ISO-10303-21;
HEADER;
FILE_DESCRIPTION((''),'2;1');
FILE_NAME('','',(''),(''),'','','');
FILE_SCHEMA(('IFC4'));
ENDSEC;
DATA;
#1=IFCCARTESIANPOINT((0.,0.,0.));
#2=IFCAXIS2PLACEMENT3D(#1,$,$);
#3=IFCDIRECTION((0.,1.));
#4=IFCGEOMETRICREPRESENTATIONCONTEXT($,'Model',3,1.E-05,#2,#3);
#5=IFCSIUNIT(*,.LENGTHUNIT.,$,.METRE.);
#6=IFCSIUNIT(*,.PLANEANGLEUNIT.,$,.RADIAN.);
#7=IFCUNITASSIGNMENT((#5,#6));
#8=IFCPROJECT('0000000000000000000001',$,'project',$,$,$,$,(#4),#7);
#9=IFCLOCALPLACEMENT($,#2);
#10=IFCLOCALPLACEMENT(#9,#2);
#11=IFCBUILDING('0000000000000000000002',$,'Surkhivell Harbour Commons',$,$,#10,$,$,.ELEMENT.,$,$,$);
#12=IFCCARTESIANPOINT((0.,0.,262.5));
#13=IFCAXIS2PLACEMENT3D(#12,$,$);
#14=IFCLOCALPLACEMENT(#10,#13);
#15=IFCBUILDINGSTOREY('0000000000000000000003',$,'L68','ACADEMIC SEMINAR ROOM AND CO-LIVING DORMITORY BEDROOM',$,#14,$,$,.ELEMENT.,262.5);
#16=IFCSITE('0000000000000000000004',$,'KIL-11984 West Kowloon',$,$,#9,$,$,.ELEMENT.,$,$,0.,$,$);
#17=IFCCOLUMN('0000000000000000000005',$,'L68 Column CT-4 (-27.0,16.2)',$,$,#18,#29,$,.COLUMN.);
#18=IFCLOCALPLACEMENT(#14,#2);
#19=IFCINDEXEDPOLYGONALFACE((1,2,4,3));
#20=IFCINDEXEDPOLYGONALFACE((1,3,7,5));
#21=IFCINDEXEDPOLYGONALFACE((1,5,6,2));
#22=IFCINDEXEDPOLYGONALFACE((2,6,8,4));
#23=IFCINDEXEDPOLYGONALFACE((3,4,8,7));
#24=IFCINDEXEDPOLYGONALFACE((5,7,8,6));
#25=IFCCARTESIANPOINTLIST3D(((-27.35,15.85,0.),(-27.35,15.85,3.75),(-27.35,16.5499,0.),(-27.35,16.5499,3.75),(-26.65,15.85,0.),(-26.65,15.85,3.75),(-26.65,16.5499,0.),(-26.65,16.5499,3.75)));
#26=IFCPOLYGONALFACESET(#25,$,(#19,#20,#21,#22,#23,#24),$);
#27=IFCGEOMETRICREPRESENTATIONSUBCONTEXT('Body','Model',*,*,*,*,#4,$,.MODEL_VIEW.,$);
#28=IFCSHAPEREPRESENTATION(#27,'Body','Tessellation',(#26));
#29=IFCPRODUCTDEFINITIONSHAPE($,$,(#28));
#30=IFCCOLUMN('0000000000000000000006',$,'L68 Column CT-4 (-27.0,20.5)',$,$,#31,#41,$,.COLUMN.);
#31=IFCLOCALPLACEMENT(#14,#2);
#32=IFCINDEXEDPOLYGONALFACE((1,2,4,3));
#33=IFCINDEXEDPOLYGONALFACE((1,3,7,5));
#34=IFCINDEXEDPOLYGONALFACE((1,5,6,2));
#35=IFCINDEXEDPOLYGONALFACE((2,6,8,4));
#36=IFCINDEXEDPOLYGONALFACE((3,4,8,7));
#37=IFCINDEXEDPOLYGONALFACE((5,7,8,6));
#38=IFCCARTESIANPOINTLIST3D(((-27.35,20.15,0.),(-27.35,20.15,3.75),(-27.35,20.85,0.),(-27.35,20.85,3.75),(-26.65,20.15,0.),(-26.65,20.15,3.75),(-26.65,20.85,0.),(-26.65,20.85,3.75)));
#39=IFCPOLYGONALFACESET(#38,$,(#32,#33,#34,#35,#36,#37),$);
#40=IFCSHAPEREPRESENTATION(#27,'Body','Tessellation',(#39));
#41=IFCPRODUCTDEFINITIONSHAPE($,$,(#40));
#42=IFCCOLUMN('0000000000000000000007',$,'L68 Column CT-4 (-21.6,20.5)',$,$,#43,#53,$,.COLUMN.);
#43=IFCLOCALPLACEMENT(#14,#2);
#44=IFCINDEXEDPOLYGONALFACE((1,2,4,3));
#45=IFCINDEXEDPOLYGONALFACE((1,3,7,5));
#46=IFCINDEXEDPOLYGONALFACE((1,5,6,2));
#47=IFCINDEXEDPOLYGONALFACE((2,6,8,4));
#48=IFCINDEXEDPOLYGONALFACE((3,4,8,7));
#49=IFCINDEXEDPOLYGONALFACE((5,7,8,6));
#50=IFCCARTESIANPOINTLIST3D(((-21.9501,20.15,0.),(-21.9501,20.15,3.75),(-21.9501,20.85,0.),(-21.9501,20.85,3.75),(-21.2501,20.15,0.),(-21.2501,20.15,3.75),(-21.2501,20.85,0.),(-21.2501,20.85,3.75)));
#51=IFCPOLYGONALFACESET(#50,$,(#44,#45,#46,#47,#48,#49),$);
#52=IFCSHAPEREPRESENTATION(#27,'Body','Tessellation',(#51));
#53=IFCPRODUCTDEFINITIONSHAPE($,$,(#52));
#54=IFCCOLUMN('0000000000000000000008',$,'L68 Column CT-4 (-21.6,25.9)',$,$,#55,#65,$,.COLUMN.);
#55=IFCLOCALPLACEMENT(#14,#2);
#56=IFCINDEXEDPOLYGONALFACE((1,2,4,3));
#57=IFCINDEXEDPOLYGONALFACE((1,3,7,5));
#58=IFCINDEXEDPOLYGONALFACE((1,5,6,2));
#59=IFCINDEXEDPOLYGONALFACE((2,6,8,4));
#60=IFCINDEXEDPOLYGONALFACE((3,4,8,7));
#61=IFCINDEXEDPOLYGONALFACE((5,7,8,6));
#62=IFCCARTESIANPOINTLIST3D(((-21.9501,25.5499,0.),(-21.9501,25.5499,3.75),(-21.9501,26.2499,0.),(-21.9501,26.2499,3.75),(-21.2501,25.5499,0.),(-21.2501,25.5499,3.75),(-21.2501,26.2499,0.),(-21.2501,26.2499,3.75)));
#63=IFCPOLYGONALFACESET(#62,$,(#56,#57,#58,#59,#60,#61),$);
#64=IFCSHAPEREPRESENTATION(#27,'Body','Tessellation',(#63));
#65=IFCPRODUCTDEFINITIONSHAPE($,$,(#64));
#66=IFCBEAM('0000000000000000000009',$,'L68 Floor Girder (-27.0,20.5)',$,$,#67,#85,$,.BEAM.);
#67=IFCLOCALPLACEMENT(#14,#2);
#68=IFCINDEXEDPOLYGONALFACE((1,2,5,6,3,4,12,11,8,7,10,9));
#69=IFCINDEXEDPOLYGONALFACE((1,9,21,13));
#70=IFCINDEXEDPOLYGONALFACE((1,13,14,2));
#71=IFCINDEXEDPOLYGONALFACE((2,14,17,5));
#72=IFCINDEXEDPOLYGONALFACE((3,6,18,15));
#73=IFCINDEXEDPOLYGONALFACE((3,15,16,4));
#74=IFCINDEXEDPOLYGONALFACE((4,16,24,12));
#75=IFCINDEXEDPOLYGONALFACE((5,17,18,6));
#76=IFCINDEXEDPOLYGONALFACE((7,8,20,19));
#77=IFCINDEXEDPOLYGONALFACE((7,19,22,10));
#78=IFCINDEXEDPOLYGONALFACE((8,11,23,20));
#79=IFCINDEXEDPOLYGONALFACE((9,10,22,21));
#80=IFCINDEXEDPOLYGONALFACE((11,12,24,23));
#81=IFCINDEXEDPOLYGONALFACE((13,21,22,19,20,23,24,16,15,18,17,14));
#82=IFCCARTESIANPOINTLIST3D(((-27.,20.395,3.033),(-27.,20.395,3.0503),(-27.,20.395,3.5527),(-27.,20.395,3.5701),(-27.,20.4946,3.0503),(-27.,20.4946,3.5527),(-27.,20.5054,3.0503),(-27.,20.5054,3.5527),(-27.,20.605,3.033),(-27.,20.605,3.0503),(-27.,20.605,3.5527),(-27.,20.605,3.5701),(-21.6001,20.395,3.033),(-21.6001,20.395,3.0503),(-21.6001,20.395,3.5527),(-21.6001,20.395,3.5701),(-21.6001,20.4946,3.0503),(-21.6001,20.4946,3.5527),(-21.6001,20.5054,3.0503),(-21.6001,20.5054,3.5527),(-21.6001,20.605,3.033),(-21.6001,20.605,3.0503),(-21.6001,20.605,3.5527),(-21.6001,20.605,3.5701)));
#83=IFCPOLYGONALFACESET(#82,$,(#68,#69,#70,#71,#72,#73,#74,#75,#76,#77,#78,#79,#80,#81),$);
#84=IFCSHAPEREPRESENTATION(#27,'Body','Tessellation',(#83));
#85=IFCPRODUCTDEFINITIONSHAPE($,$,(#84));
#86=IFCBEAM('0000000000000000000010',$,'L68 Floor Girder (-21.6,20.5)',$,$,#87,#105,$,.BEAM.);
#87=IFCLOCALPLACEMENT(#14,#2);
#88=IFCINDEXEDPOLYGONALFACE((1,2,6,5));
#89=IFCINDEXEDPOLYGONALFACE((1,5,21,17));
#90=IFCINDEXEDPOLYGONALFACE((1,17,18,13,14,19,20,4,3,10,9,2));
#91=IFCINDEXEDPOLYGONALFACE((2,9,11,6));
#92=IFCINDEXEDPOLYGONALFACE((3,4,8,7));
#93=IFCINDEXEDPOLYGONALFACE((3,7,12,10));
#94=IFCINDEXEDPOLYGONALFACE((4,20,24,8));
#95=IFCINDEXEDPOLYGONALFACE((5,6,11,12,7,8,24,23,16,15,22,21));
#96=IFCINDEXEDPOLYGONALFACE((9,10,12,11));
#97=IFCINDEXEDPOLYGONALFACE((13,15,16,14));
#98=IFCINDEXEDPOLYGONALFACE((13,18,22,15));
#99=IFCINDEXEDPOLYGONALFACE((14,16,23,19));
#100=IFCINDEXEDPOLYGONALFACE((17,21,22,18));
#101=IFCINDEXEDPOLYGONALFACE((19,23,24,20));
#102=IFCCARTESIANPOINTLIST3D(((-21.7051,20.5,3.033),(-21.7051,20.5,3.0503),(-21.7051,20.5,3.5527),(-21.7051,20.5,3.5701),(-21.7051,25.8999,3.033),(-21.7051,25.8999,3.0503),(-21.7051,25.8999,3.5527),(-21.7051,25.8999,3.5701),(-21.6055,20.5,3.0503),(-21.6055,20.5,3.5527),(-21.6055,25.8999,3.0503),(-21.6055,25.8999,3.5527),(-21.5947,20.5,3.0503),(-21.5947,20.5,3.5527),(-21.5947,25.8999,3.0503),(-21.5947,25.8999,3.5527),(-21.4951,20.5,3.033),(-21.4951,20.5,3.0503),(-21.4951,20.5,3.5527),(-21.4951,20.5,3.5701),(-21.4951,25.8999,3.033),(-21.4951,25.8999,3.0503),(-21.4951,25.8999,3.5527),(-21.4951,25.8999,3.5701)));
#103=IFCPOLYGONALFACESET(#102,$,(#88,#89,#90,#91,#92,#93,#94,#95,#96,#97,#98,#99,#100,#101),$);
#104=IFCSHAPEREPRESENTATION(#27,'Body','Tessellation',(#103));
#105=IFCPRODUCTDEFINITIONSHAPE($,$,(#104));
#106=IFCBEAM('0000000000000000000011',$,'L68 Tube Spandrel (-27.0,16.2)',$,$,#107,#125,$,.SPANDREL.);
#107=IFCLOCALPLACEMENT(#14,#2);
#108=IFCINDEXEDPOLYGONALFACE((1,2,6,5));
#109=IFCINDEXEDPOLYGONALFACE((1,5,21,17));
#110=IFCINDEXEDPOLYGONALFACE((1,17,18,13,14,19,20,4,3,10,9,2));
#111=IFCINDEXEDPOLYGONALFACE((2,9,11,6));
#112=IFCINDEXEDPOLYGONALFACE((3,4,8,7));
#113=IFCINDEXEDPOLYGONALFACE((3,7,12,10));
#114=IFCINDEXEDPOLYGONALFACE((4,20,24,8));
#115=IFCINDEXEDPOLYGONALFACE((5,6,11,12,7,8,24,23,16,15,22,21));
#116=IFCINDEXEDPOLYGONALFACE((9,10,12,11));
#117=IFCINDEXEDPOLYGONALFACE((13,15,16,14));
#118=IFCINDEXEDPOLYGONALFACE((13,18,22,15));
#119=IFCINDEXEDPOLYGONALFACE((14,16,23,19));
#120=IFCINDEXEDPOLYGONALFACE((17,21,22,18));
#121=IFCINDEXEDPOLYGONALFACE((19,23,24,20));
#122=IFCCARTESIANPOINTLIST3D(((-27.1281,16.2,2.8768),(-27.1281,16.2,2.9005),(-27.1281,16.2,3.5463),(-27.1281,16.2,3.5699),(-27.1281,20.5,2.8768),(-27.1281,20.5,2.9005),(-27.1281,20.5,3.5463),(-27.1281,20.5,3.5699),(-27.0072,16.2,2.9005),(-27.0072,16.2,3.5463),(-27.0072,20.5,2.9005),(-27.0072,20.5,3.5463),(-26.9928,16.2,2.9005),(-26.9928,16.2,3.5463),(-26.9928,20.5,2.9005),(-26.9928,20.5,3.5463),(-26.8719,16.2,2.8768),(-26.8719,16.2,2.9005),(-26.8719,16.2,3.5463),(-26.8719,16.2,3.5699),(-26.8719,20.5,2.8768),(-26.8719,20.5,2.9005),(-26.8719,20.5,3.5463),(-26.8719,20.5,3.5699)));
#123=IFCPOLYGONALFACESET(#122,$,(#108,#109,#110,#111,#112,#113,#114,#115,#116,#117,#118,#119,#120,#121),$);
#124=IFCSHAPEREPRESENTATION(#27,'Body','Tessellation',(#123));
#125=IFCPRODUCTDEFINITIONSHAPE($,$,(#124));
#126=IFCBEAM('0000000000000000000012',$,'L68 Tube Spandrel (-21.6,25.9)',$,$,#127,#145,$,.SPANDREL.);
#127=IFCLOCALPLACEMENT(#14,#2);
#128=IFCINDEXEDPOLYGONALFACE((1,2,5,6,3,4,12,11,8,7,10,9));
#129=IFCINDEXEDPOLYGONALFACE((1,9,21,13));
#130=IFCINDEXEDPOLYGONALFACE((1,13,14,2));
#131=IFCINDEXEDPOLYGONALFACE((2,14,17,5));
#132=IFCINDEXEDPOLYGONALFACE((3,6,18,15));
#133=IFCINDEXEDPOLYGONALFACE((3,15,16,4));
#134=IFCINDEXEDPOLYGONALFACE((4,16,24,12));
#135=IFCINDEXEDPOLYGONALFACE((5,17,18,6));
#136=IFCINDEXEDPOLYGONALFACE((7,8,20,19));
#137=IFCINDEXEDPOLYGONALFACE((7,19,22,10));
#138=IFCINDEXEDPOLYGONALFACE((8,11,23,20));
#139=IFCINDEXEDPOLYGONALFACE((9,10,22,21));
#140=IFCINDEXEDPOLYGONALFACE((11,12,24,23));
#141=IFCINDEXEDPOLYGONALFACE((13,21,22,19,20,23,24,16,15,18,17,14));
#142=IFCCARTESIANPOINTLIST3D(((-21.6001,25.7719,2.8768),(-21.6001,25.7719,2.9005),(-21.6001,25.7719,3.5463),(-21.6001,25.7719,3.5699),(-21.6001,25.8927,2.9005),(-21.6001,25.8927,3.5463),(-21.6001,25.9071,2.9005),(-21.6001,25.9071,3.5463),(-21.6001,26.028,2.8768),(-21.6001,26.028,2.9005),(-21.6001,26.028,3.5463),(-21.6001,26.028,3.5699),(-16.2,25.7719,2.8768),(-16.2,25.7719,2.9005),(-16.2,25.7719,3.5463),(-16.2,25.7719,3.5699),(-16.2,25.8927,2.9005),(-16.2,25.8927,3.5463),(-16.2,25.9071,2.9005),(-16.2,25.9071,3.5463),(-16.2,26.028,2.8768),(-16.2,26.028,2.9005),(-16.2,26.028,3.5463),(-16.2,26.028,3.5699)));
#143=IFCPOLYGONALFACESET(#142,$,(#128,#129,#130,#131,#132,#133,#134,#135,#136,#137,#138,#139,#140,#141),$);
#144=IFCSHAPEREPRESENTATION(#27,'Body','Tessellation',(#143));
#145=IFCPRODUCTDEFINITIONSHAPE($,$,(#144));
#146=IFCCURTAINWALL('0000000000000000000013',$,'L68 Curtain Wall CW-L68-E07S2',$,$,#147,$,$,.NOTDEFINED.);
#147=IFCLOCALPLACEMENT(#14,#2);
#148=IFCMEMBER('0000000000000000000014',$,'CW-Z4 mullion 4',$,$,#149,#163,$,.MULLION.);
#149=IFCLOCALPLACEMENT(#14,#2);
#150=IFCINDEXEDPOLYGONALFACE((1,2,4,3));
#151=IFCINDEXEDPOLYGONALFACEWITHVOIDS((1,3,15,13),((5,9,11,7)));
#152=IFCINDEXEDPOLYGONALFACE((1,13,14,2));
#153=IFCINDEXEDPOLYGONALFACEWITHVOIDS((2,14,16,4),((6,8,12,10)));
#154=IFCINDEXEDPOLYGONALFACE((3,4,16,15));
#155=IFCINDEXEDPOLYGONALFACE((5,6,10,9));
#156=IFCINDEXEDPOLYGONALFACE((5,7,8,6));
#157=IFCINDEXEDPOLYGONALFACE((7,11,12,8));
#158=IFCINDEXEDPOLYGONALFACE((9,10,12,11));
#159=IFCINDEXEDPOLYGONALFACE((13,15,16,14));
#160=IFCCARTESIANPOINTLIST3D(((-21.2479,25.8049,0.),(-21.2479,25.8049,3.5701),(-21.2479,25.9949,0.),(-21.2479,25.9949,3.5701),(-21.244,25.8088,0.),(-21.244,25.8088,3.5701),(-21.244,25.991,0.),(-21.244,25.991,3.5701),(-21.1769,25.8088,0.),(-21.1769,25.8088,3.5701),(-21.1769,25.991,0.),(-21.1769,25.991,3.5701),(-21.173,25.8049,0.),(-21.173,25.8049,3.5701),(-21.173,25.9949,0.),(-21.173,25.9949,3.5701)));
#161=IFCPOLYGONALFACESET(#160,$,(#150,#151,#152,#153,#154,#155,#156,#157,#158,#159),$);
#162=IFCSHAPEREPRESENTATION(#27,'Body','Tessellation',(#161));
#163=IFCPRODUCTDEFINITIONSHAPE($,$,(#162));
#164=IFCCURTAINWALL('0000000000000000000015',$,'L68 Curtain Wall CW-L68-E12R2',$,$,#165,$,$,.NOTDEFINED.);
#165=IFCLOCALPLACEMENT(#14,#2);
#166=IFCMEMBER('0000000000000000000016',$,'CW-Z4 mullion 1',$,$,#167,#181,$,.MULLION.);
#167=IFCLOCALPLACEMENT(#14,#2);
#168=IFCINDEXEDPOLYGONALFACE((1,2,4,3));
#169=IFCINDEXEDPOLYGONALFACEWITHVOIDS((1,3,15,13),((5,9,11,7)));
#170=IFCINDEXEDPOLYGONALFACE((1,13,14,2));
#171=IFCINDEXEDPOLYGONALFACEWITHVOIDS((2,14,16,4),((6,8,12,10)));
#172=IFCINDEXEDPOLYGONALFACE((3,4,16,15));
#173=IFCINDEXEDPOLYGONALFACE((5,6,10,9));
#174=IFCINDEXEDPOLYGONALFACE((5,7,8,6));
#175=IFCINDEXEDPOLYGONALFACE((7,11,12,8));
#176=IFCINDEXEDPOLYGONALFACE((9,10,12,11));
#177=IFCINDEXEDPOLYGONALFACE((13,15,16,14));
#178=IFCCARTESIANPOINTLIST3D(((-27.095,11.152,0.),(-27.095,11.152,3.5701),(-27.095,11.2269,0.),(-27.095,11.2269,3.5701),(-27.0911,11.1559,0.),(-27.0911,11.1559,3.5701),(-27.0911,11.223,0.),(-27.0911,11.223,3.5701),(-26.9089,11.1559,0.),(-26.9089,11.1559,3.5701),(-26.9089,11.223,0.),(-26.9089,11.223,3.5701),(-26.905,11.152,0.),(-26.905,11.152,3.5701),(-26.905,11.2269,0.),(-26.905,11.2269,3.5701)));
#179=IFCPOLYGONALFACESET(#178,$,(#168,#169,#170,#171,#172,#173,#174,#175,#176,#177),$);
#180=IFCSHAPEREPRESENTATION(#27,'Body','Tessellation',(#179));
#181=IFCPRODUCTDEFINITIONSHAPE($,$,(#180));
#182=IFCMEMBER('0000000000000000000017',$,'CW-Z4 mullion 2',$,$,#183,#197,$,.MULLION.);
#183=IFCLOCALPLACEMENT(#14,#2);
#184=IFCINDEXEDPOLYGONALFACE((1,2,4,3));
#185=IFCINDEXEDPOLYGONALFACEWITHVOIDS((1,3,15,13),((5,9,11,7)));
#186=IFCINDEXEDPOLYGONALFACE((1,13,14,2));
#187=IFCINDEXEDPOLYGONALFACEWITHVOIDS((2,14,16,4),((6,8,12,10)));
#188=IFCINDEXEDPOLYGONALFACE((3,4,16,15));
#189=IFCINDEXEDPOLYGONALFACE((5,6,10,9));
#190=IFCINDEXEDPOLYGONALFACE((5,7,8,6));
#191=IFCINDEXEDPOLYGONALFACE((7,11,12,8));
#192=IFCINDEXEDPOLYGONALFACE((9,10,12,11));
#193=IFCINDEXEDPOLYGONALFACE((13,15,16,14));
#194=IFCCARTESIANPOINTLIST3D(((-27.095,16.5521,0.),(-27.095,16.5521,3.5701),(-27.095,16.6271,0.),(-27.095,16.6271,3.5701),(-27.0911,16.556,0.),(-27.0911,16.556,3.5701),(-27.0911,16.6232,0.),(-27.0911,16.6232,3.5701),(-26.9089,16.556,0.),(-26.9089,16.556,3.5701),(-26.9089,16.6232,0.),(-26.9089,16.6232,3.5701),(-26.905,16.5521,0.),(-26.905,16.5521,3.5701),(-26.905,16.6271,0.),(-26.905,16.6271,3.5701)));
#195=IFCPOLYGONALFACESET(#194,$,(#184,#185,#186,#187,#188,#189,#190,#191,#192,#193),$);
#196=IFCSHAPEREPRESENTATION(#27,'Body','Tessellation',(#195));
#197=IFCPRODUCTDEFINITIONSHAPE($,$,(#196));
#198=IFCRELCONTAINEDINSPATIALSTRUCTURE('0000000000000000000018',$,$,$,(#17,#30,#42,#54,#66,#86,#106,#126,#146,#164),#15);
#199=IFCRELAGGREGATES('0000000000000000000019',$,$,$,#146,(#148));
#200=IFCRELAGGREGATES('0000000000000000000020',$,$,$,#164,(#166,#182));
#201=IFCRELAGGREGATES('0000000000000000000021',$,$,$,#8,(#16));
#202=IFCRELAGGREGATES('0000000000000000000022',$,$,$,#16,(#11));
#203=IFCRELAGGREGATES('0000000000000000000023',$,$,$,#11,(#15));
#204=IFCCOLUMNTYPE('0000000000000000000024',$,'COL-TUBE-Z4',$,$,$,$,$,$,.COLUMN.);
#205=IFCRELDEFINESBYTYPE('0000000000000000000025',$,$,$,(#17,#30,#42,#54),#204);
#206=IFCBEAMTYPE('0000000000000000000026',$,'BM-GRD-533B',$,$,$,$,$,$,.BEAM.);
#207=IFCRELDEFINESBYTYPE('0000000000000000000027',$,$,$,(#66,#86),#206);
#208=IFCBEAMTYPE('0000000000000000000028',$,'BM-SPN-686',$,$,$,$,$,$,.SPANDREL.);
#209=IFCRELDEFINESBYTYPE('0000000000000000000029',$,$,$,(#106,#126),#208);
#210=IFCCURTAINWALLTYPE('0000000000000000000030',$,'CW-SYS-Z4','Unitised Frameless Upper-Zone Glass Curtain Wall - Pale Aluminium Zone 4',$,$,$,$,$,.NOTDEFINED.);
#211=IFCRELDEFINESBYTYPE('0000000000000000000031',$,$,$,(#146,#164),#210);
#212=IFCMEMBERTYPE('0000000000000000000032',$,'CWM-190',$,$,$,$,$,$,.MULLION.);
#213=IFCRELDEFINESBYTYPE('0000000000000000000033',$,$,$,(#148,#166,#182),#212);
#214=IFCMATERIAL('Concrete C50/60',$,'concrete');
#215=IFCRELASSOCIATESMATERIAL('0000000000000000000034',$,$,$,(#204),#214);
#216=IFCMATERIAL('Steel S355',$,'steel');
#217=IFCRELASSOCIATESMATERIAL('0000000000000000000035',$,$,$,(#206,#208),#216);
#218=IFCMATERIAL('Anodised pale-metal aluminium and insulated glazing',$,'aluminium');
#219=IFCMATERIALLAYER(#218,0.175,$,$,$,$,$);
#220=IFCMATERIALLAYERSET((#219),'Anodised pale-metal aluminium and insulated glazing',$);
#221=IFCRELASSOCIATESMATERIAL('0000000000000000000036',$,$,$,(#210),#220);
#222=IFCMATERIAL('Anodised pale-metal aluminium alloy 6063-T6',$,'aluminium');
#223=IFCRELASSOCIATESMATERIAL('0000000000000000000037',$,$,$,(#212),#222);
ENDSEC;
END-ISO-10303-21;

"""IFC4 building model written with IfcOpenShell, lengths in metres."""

from ifc_helpers import new_model, si_unit, direction, frame, origin, origin_2d, place, context, subcontext, project, spatial, rectangle, hollow_rectangle, i_section, extrude, material, layer, layer_set, material_profile, profile_set, type_object, element, aggregate, save


model = new_model("IFC4")

# Units and contexts
model_context = context("Model", 3, precision=1e-05, world=origin(), true_north=direction((0.0, 1.0)))
body_context = subcontext(model_context, "Body", "Model", "MODEL_VIEW")
ifc_project = project(units=[si_unit("LENGTHUNIT", "METRE"), si_unit("PLANEANGLEUNIT", "RADIAN")], contexts=[model_context])

# Site, building, storey
site_placement = place(None, origin())
site = spatial("IfcSite", under=ifc_project, at=site_placement, Name="KIL-11984 West Kowloon", CompositionType="ELEMENT", RefElevation=0.0)
building_placement = place(site_placement, origin())
building = spatial("IfcBuilding", under=site, at=building_placement, Name="Surkhivell Harbour Commons", CompositionType="ELEMENT")
storey_placement = place(building_placement, frame((0.0, 0.0, 262.5)))
storey = spatial("IfcBuildingStorey", under=building, at=storey_placement, Name="L68", Description="ACADEMIC SEMINAR ROOM AND CO-LIVING DORMITORY BEDROOM", CompositionType="ELEMENT", Elevation=262.5)

# Columns
ifc_material_1 = material(Name="Concrete C50/60", Category="concrete")
ifc_material_profile_1 = material_profile(ifc_material_1, rectangle(XDim=0.7, YDim=0.7, at=origin_2d()), Name="RC-COL-700x700")
ifc_profile_set_1 = profile_set([ifc_material_profile_1], Name="Concrete C50/60")
column_type = type_object("IfcColumnType", Name="COL-TUBE-Z4", PredefinedType="COLUMN", material=ifc_profile_set_1)
for number, where, z_axis, x_axis, name in (
    (1, (-27.0, 16.2, 0.0), (0.0, 0.0, 1.0), (1.0, 0.0, 0.0), "L68 Column CT-4 (-27.0,16.2)"),
    (2, (-27.0, 20.5, 0.0), (0.0, 0.0, 1.0), (1.0, 0.0, 0.0), "L68 Column CT-4 (-27.0,20.5)"),
    (3, (-21.6001, 20.5, 0.0), (0.0, 0.0, 1.0), (1.0, 0.0, 0.0), "L68 Column CT-4 (-21.6,20.5)"),
    (4, (-21.6001, 25.8999, 0.0), (0.0, 0.0, 1.0), (1.0, 0.0, 0.0), "L68 Column CT-4 (-21.6,25.9)"),
):
    element("IfcColumn", number, at=place(storey_placement, frame(where, z_axis=z_axis, x_axis=x_axis)), inside=storey, type_object=column_type, Name=name, PredefinedType="COLUMN", context=body_context, shape_type="SweptSolid", body=[
        extrude(rectangle(XDim=0.7, YDim=0.7, at=origin_2d()), origin(), (0.0, 0.0, 1.0), 3.75),
    ])

# Beams
ifc_material_2 = material(Name="Steel S355", Category="steel")
ifc_material_profile_2 = material_profile(ifc_material_2, i_section(OverallWidth=0.21, OverallDepth=0.5371, WebThickness=0.0107, FlangeThickness=0.0173, at=origin_2d()), Name="UB533x210x101")
ifc_profile_set_2 = profile_set([ifc_material_profile_2], Name="Steel S355")
beam_type_1 = type_object("IfcBeamType", Name="BM-GRD-533B", PredefinedType="BEAM", material=ifc_profile_set_2)
for number, where, z_axis, x_axis, name in (
    (5, (-27.0, 20.5, 3.3015), (1.0, 0.0, 0.0), (0.0, 1.0, 0.0), "L68 Floor Girder (-27.0,20.5)"),
    (6, (-21.6001, 20.5, 3.3015), (0.0, 1.0, 0.0), (-1.0, 0.0, 0.0), "L68 Floor Girder (-21.6,20.5)"),
):
    element("IfcBeam", number, at=place(storey_placement, frame(where, z_axis=z_axis, x_axis=x_axis)), inside=storey, type_object=beam_type_1, Name=name, PredefinedType="BEAM", context=body_context, shape_type="SweptSolid", body=[
        extrude(i_section(OverallWidth=0.21, OverallDepth=0.5371, WebThickness=0.0107, FlangeThickness=0.0173, at=origin_2d()), origin(), (0.0, 0.0, 1.0), 5.3999),
    ])
ifc_material_profile_3 = material_profile(ifc_material_2, i_section(OverallWidth=0.2561, OverallDepth=0.6931, WebThickness=0.0144, FlangeThickness=0.0237, at=origin_2d()), Name="UB686x254x170")
ifc_profile_set_3 = profile_set([ifc_material_profile_3], Name="Steel S355")
beam_type_2 = type_object("IfcBeamType", Name="BM-SPN-686", PredefinedType="SPANDREL", material=ifc_profile_set_3)
beam_1_placement = place(storey_placement, frame((-27.0, 16.2, 3.2234), z_axis=(0.0, 1.0, 0.0), x_axis=(-1.0, 0.0, 0.0)))
element("IfcBeam", 7, at=beam_1_placement, inside=storey, type_object=beam_type_2, Name="L68 Tube Spandrel (-27.0,16.2)", PredefinedType="SPANDREL", context=body_context, shape_type="SweptSolid", body=[
    extrude(i_section(OverallWidth=0.2561, OverallDepth=0.6931, WebThickness=0.0144, FlangeThickness=0.0237, at=origin_2d()), origin(), (0.0, 0.0, 1.0), 4.3),
])
beam_2_placement = place(storey_placement, frame((-21.6001, 25.8999, 3.2234), z_axis=(1.0, 0.0, 0.0), x_axis=(0.0, 1.0, 0.0)))
element("IfcBeam", 8, at=beam_2_placement, inside=storey, type_object=beam_type_2, Name="L68 Tube Spandrel (-21.6,25.9)", PredefinedType="SPANDREL", context=body_context, shape_type="SweptSolid", body=[
    extrude(i_section(OverallWidth=0.2561, OverallDepth=0.6931, WebThickness=0.0144, FlangeThickness=0.0237, at=origin_2d()), origin(), (0.0, 0.0, 1.0), 5.4001),
])

# Curtain wall, member
ifc_material_3 = material(Name="Anodised pale-metal aluminium and insulated glazing", Category="aluminium")
ifc_layer_1 = layer(ifc_material_3, 0.175)
ifc_layer_set_1 = layer_set([ifc_layer_1], Name="Anodised pale-metal aluminium and insulated glazing")
curtain_wall_type = type_object("IfcCurtainWallType", Name="CW-SYS-Z4", Description="Unitised Frameless Upper-Zone Glass Curtain Wall - Pale Aluminium Zone 4", PredefinedType="NOTDEFINED", material=ifc_layer_set_1)
curtain_wall_1_placement = place(storey_placement, origin())
curtain_wall_1 = element("IfcCurtainWall", 9, at=curtain_wall_1_placement, inside=storey, type_object=curtain_wall_type, Name="L68 Curtain Wall CW-L68-E07S2", PredefinedType="NOTDEFINED")
ifc_material_4 = material(Name="Anodised pale-metal aluminium alloy 6063-T6", Category="aluminium")
ifc_material_profile_4 = material_profile(ifc_material_4, hollow_rectangle(XDim=0.075, YDim=0.1899, WallThickness=0.0039, at=origin_2d()), Name="ALU-MULL-75x190")
ifc_profile_set_4 = profile_set([ifc_material_profile_4], Name="Anodised pale-metal aluminium alloy 6063-T6")
member_type_1 = type_object("IfcMemberType", Name="CWM-190", PredefinedType="MULLION", material=ifc_profile_set_4)
member_1_placement = place(storey_placement, frame((-21.2104, 25.8999, 0.0), z_axis=(0.0, 0.0, 1.0), x_axis=(-1.0, 0.0, 0.0)))
member_1 = element("IfcMember", 10, at=member_1_placement, type_object=member_type_1, Name="CW-Z4 mullion 4", PredefinedType="MULLION", context=body_context, shape_type="SweptSolid", body=[
    extrude(hollow_rectangle(XDim=0.075, YDim=0.1899, WallThickness=0.0039, at=origin_2d()), origin(), (0.0, 0.0, 1.0), 3.5701),
])

# Curtain wall, members
curtain_wall_2_placement = place(storey_placement, origin())
curtain_wall_2 = element("IfcCurtainWall", 11, at=curtain_wall_2_placement, inside=storey, type_object=curtain_wall_type, Name="L68 Curtain Wall CW-L68-E12R2", PredefinedType="NOTDEFINED")
member_2_placement = place(storey_placement, frame((-27.0, 11.1895, 0.0), z_axis=(0.0, 0.0, 1.0), x_axis=(0.0, 1.0, 0.0)))
member_2 = element("IfcMember", 12, at=member_2_placement, type_object=member_type_1, Name="CW-Z4 mullion 1", PredefinedType="MULLION", context=body_context, shape_type="SweptSolid", body=[
    extrude(hollow_rectangle(XDim=0.075, YDim=0.1899, WallThickness=0.0039, at=origin_2d()), origin(), (0.0, 0.0, 1.0), 3.5701),
])
member_3_placement = place(storey_placement, frame((-27.0, 16.5896, 0.0), z_axis=(0.0, 0.0, 1.0), x_axis=(0.0, 1.0, 0.0)))
member_3 = element("IfcMember", 13, at=member_3_placement, type_object=member_type_1, Name="CW-Z4 mullion 2", PredefinedType="MULLION", context=body_context, shape_type="SweptSolid", body=[
    extrude(hollow_rectangle(XDim=0.075, YDim=0.1899, WallThickness=0.0039, at=origin_2d()), origin(), (0.0, 0.0, 1.0), 3.5701),
])

aggregate(curtain_wall_1, [member_1])
aggregate(curtain_wall_2, [member_2, member_3])

save(model, "model.ifc")
